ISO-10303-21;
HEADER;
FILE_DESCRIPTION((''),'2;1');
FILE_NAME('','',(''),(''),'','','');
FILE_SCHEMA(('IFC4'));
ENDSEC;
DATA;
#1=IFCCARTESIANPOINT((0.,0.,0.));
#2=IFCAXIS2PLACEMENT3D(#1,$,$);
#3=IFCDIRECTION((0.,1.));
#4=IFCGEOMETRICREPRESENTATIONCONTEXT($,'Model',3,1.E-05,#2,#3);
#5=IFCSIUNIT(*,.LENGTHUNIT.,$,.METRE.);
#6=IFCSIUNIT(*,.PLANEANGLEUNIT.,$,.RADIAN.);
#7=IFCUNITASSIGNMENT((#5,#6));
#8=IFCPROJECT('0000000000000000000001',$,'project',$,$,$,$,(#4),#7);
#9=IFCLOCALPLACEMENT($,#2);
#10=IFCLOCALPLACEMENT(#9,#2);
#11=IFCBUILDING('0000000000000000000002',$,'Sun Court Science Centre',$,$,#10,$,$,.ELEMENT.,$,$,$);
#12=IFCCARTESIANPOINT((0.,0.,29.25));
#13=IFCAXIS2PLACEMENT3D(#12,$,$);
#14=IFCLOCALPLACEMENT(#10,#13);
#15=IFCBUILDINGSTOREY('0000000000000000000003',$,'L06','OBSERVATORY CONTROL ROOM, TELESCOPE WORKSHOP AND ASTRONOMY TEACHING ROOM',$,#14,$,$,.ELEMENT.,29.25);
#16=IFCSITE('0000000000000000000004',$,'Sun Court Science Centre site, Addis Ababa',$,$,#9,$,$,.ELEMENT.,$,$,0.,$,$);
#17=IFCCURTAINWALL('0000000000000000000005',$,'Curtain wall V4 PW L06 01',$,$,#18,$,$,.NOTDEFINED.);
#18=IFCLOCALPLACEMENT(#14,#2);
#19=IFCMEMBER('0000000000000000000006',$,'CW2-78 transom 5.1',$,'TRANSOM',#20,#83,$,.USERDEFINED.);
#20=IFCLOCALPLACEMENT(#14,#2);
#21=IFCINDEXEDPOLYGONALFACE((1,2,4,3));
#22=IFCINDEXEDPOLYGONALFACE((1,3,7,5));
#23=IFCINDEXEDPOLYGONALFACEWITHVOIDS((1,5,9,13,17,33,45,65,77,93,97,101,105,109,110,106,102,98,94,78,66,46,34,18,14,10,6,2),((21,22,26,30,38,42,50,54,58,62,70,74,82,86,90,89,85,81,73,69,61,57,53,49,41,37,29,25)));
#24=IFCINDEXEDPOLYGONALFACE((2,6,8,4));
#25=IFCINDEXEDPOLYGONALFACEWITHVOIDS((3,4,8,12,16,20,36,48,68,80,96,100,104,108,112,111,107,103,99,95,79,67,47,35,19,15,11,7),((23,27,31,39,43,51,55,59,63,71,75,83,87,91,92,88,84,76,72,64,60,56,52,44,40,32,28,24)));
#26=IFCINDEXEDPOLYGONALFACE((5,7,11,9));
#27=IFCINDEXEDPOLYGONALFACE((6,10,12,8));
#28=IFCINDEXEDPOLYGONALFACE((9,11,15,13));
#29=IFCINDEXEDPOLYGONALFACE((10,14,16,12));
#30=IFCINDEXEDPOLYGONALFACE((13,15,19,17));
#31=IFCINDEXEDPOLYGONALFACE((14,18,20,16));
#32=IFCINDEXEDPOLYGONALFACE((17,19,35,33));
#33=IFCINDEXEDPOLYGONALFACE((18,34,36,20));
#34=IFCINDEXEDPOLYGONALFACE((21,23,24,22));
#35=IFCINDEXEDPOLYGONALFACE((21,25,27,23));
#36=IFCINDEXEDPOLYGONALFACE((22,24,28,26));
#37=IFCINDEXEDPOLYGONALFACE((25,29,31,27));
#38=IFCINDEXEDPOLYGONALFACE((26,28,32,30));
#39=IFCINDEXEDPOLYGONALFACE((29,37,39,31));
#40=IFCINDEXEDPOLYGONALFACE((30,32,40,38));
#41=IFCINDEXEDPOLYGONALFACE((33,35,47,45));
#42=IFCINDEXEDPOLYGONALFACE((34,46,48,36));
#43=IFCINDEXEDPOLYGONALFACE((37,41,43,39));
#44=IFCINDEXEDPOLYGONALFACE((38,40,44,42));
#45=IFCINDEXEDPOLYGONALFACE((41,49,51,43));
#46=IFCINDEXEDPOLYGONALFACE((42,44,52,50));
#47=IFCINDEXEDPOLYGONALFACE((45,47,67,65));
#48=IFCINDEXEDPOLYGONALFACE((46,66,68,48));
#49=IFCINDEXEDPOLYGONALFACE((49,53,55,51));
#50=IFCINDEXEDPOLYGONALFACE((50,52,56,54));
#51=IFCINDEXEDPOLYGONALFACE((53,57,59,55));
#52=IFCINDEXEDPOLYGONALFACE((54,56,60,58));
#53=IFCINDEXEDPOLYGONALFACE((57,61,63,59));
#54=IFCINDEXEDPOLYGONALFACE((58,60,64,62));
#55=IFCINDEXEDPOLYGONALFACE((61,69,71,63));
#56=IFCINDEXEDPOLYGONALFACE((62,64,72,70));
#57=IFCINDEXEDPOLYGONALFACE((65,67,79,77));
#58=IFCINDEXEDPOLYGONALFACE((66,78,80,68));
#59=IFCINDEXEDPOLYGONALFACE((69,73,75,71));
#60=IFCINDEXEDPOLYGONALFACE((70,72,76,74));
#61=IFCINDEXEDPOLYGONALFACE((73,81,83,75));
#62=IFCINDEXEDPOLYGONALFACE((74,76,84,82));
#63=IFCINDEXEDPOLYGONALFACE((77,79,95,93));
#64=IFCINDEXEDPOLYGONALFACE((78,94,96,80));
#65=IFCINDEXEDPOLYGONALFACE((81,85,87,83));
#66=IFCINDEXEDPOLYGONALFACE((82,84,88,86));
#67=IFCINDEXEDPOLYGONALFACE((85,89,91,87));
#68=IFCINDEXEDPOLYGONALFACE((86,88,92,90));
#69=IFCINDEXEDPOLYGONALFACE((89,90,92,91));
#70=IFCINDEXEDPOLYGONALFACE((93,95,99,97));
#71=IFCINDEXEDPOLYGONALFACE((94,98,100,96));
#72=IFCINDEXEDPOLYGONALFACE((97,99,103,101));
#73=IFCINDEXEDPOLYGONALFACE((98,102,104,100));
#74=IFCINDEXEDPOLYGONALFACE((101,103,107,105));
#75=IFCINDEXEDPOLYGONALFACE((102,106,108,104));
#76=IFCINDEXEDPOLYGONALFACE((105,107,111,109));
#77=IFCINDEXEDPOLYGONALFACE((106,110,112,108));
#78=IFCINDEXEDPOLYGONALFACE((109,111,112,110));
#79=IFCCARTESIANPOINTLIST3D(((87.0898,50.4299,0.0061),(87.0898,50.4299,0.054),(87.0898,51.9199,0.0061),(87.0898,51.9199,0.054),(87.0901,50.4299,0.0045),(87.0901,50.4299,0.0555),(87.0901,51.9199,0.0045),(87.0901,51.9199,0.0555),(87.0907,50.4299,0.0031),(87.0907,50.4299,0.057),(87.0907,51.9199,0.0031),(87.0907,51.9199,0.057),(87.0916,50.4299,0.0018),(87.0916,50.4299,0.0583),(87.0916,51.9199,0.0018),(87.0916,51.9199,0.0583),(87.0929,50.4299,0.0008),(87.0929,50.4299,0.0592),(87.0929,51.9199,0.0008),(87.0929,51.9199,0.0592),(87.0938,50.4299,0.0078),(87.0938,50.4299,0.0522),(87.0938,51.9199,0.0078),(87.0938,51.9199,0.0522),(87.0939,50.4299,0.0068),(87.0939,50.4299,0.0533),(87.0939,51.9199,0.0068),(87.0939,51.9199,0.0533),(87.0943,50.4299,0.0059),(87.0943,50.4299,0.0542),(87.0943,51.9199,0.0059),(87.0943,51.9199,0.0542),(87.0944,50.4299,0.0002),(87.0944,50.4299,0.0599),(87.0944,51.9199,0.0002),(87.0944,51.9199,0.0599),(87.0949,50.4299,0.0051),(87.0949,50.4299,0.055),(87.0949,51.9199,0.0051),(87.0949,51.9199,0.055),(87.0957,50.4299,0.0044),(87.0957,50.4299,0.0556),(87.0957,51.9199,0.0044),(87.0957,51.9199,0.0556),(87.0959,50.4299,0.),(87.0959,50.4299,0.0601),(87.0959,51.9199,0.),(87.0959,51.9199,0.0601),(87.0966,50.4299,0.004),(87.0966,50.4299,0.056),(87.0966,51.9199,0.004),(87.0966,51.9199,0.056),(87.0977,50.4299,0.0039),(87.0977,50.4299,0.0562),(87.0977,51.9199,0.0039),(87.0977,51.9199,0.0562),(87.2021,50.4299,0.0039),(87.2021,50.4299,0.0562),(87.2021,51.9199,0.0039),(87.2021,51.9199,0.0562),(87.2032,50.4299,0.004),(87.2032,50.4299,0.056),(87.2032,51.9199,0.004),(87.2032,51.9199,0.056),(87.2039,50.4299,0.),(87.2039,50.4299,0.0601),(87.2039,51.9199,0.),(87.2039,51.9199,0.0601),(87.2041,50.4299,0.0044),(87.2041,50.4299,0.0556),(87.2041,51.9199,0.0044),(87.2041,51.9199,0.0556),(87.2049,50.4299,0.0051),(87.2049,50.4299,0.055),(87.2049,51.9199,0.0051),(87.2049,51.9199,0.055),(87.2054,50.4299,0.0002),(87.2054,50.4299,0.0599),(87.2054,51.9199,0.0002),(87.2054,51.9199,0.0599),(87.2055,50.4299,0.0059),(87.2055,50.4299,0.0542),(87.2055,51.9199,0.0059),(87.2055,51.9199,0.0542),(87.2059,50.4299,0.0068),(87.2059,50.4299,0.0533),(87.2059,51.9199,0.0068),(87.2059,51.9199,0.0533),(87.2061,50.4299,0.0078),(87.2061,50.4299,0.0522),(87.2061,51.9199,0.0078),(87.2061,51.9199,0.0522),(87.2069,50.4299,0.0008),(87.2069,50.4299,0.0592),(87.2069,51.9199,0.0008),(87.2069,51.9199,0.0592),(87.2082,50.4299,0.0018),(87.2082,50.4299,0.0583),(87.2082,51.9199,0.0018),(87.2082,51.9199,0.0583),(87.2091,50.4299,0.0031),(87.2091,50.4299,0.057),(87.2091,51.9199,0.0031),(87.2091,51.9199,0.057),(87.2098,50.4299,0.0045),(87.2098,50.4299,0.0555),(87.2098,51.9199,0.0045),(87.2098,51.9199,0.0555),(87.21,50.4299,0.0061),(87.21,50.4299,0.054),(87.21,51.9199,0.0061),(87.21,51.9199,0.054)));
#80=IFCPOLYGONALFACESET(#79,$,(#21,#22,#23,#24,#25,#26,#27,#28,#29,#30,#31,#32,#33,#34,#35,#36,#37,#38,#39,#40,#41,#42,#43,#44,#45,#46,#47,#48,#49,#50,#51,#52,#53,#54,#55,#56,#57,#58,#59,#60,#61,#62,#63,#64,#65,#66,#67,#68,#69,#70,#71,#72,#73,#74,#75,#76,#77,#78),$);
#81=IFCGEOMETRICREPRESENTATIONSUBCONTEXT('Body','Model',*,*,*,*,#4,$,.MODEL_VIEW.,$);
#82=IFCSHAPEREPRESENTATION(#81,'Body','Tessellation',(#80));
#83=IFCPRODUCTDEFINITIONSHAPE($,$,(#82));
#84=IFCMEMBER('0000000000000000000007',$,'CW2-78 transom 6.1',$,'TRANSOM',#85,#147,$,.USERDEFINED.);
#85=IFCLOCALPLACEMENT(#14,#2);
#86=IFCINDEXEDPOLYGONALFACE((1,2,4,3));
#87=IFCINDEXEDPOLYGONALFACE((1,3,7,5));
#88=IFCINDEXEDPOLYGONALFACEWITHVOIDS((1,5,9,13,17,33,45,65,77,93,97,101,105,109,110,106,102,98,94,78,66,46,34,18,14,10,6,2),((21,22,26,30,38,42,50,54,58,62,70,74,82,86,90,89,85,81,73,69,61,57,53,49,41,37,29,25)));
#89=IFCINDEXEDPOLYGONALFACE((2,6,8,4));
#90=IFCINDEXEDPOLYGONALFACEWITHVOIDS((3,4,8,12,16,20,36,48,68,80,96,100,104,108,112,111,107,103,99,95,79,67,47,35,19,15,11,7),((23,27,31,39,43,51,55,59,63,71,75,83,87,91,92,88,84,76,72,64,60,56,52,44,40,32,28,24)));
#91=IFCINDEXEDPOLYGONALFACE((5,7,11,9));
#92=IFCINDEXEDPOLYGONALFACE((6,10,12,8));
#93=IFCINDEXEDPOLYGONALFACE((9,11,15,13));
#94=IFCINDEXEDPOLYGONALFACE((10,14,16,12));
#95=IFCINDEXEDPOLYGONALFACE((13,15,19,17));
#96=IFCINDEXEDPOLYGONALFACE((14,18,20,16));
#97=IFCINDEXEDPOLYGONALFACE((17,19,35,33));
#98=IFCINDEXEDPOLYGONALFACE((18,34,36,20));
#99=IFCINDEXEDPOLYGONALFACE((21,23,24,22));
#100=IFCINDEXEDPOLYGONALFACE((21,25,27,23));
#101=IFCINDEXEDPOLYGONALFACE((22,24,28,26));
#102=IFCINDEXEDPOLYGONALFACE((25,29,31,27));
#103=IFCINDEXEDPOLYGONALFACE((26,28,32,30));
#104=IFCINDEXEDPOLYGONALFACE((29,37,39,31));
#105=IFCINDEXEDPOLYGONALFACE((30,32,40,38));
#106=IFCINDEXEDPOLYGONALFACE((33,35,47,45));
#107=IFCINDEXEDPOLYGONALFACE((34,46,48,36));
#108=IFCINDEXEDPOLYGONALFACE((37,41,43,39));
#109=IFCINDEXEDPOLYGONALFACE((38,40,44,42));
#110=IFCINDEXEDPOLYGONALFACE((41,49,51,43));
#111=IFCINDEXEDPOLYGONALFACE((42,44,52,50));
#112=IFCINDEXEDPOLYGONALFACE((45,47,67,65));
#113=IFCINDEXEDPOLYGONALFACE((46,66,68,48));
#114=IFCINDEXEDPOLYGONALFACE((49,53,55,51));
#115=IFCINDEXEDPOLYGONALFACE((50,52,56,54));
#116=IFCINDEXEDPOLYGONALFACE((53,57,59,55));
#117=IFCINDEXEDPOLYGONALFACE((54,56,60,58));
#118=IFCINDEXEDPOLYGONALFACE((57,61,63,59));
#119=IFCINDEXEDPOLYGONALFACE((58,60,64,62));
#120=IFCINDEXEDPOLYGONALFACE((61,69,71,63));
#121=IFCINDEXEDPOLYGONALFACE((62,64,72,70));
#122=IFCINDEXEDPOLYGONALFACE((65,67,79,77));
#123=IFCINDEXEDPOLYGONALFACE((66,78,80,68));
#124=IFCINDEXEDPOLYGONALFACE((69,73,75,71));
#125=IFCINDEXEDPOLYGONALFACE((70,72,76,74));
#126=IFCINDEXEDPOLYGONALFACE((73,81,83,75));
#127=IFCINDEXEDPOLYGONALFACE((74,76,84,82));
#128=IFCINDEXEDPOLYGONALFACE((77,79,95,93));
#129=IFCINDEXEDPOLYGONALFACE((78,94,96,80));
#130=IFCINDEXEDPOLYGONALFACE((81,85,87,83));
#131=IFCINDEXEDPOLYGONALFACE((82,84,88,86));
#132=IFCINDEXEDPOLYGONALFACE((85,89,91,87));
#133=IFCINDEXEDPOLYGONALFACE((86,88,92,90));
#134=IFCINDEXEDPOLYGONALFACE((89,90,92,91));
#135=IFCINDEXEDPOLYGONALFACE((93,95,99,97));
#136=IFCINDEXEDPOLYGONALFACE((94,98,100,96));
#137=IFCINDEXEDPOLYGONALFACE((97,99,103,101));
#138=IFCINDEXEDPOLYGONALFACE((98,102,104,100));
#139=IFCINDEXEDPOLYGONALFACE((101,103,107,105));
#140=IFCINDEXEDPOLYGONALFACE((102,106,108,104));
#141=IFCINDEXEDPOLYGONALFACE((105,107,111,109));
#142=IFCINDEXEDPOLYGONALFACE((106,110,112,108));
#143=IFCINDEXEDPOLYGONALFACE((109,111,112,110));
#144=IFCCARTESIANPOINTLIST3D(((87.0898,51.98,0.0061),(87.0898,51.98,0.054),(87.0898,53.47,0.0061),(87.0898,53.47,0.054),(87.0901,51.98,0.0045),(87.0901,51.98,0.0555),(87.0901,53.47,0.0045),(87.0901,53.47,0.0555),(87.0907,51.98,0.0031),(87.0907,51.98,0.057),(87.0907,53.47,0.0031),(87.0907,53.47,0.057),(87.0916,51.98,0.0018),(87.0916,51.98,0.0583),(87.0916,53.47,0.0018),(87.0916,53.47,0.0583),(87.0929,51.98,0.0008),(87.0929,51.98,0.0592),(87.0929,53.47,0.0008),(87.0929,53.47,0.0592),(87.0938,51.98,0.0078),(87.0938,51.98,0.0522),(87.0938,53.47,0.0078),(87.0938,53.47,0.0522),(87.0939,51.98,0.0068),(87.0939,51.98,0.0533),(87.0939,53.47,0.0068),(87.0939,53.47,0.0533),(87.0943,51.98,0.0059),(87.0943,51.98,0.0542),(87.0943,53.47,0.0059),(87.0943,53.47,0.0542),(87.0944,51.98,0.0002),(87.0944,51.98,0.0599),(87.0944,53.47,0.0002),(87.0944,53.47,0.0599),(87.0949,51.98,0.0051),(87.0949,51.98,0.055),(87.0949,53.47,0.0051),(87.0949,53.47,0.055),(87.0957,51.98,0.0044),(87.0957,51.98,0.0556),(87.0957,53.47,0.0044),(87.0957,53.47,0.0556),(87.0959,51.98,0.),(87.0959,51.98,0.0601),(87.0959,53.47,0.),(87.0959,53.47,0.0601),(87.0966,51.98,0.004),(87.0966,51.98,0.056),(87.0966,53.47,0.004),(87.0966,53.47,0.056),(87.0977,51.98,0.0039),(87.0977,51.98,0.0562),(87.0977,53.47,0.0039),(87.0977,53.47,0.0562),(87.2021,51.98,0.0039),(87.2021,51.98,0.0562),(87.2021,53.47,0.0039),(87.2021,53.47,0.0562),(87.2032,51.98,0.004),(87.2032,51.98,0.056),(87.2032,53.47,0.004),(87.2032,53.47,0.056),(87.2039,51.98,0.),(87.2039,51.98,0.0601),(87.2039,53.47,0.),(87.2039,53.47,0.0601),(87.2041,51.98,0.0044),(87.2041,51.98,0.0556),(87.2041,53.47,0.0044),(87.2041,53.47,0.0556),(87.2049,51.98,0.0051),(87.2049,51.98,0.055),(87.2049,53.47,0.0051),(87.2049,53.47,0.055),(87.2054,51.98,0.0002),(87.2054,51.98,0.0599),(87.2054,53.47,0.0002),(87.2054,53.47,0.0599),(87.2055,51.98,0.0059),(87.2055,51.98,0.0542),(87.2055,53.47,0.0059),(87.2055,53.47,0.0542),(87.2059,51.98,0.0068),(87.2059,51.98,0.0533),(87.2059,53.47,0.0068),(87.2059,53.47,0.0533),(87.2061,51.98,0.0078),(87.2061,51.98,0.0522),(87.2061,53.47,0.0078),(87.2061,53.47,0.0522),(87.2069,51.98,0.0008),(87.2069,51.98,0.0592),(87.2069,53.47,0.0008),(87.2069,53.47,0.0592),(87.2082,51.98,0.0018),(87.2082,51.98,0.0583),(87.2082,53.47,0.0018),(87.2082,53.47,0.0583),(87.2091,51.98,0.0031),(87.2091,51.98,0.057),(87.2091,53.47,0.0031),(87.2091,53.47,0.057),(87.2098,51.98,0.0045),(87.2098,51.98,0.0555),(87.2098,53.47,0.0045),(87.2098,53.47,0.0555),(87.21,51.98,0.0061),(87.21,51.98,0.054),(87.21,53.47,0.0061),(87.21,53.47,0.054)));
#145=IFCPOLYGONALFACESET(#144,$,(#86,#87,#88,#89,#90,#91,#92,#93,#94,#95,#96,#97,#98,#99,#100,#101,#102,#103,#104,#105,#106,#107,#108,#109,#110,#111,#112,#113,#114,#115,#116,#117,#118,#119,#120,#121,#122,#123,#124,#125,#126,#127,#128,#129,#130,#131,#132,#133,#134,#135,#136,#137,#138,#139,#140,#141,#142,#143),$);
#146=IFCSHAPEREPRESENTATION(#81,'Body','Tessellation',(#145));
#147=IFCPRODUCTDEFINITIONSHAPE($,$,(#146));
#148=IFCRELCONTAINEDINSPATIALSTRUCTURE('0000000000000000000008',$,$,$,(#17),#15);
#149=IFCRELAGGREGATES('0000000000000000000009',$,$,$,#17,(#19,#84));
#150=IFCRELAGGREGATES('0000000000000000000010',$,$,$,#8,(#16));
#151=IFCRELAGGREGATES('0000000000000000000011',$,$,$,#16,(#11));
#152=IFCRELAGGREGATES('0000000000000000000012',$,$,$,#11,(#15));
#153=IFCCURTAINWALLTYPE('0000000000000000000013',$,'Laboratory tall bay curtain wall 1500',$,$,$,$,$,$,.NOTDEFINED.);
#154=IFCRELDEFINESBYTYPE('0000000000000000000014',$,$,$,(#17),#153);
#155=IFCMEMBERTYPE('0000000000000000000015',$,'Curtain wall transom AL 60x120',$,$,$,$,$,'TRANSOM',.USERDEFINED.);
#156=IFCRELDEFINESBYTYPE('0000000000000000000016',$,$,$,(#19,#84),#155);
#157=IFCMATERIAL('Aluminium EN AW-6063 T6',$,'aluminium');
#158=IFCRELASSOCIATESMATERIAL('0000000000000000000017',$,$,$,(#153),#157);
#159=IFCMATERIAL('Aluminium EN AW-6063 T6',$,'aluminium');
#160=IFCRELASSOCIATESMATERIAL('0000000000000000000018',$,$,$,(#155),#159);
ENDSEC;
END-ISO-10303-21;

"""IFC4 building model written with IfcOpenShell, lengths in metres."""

from ifc_helpers import new_model, si_unit, direction, frame, origin, origin_2d, place, context, subcontext, project, spatial, hollow_rectangle, extrude, material, material_profile, profile_set, type_object, element, aggregate, save


model = new_model("IFC4")

# Units and contexts
model_context = context("Model", 3, precision=1e-05, world=origin(), true_north=direction((0.0, 1.0)))
body_context = subcontext(model_context, "Body", "Model", "MODEL_VIEW")
ifc_project = project(units=[si_unit("LENGTHUNIT", "METRE"), si_unit("PLANEANGLEUNIT", "RADIAN")], contexts=[model_context])

# Site, building, storey
site_placement = place(None, origin())
site = spatial("IfcSite", under=ifc_project, at=site_placement, Name="Sun Court Science Centre site, Addis Ababa", CompositionType="ELEMENT", RefElevation=0.0)
building_placement = place(site_placement, origin())
building = spatial("IfcBuilding", under=site, at=building_placement, Name="Sun Court Science Centre", CompositionType="ELEMENT")
storey_placement = place(building_placement, frame((0.0, 0.0, 29.25)))
storey = spatial("IfcBuildingStorey", under=building, at=storey_placement, Name="L06", Description="OBSERVATORY CONTROL ROOM, TELESCOPE WORKSHOP AND ASTRONOMY TEACHING ROOM", CompositionType="ELEMENT", Elevation=29.25)

# Curtain wall, members
ifc_material_1 = material(Name="Aluminium EN AW-6063 T6", Category="aluminium")
curtain_wall_type = type_object("IfcCurtainWallType", Name="Laboratory tall bay curtain wall 1500", PredefinedType="NOTDEFINED", material=ifc_material_1)
curtain_wall_placement = place(storey_placement, origin())
curtain_wall = element("IfcCurtainWall", 1, at=curtain_wall_placement, inside=storey, type_object=curtain_wall_type, Name="Curtain wall V4 PW L06 01", PredefinedType="NOTDEFINED")
ifc_material_2 = material(Name="Aluminium EN AW-6063 T6", Category="aluminium")
ifc_material_profile_1 = material_profile(ifc_material_2, hollow_rectangle(XDim=0.0601, YDim=0.1201, WallThickness=0.0039, InnerFilletRadius=0.0039, OuterFilletRadius=0.0061, at=origin_2d()), Name="AL 60x120x4")
ifc_profile_set_1 = profile_set([ifc_material_profile_1], Name="Aluminium EN AW-6063 T6")
member_type_1 = type_object("IfcMemberType", Name="Curtain wall transom AL 60x120", ElementType="TRANSOM", PredefinedType="USERDEFINED", material=ifc_profile_set_1)
member_1_placement = place(storey_placement, frame((87.1499, 50.4299, 0.03), z_axis=(0.0, 1.0, 0.0), x_axis=(0.0, 0.0, 1.0)))
member_1 = element("IfcMember", 2, at=member_1_placement, type_object=member_type_1, Name="CW2-78 transom 5.1", ObjectType="TRANSOM", PredefinedType="USERDEFINED", context=body_context, shape_type="SweptSolid", body=[
    extrude(hollow_rectangle(XDim=0.0601, YDim=0.1201, WallThickness=0.0039, InnerFilletRadius=0.0039, OuterFilletRadius=0.0061, at=origin_2d()), origin(), (0.0, 0.0, 1.0), 1.49),
])
member_2_placement = place(storey_placement, frame((87.1499, 51.98, 0.03), z_axis=(0.0, 1.0, 0.0), x_axis=(0.0, 0.0, 1.0)))
member_2 = element("IfcMember", 3, at=member_2_placement, type_object=member_type_1, Name="CW2-78 transom 6.1", ObjectType="TRANSOM", PredefinedType="USERDEFINED", context=body_context, shape_type="SweptSolid", body=[
    extrude(hollow_rectangle(XDim=0.0601, YDim=0.1201, WallThickness=0.0039, InnerFilletRadius=0.0039, OuterFilletRadius=0.0061, at=origin_2d()), origin(), (0.0, 0.0, 1.0), 1.49),
])

aggregate(curtain_wall, [member_1, member_2])

save(model, "model.ifc")
